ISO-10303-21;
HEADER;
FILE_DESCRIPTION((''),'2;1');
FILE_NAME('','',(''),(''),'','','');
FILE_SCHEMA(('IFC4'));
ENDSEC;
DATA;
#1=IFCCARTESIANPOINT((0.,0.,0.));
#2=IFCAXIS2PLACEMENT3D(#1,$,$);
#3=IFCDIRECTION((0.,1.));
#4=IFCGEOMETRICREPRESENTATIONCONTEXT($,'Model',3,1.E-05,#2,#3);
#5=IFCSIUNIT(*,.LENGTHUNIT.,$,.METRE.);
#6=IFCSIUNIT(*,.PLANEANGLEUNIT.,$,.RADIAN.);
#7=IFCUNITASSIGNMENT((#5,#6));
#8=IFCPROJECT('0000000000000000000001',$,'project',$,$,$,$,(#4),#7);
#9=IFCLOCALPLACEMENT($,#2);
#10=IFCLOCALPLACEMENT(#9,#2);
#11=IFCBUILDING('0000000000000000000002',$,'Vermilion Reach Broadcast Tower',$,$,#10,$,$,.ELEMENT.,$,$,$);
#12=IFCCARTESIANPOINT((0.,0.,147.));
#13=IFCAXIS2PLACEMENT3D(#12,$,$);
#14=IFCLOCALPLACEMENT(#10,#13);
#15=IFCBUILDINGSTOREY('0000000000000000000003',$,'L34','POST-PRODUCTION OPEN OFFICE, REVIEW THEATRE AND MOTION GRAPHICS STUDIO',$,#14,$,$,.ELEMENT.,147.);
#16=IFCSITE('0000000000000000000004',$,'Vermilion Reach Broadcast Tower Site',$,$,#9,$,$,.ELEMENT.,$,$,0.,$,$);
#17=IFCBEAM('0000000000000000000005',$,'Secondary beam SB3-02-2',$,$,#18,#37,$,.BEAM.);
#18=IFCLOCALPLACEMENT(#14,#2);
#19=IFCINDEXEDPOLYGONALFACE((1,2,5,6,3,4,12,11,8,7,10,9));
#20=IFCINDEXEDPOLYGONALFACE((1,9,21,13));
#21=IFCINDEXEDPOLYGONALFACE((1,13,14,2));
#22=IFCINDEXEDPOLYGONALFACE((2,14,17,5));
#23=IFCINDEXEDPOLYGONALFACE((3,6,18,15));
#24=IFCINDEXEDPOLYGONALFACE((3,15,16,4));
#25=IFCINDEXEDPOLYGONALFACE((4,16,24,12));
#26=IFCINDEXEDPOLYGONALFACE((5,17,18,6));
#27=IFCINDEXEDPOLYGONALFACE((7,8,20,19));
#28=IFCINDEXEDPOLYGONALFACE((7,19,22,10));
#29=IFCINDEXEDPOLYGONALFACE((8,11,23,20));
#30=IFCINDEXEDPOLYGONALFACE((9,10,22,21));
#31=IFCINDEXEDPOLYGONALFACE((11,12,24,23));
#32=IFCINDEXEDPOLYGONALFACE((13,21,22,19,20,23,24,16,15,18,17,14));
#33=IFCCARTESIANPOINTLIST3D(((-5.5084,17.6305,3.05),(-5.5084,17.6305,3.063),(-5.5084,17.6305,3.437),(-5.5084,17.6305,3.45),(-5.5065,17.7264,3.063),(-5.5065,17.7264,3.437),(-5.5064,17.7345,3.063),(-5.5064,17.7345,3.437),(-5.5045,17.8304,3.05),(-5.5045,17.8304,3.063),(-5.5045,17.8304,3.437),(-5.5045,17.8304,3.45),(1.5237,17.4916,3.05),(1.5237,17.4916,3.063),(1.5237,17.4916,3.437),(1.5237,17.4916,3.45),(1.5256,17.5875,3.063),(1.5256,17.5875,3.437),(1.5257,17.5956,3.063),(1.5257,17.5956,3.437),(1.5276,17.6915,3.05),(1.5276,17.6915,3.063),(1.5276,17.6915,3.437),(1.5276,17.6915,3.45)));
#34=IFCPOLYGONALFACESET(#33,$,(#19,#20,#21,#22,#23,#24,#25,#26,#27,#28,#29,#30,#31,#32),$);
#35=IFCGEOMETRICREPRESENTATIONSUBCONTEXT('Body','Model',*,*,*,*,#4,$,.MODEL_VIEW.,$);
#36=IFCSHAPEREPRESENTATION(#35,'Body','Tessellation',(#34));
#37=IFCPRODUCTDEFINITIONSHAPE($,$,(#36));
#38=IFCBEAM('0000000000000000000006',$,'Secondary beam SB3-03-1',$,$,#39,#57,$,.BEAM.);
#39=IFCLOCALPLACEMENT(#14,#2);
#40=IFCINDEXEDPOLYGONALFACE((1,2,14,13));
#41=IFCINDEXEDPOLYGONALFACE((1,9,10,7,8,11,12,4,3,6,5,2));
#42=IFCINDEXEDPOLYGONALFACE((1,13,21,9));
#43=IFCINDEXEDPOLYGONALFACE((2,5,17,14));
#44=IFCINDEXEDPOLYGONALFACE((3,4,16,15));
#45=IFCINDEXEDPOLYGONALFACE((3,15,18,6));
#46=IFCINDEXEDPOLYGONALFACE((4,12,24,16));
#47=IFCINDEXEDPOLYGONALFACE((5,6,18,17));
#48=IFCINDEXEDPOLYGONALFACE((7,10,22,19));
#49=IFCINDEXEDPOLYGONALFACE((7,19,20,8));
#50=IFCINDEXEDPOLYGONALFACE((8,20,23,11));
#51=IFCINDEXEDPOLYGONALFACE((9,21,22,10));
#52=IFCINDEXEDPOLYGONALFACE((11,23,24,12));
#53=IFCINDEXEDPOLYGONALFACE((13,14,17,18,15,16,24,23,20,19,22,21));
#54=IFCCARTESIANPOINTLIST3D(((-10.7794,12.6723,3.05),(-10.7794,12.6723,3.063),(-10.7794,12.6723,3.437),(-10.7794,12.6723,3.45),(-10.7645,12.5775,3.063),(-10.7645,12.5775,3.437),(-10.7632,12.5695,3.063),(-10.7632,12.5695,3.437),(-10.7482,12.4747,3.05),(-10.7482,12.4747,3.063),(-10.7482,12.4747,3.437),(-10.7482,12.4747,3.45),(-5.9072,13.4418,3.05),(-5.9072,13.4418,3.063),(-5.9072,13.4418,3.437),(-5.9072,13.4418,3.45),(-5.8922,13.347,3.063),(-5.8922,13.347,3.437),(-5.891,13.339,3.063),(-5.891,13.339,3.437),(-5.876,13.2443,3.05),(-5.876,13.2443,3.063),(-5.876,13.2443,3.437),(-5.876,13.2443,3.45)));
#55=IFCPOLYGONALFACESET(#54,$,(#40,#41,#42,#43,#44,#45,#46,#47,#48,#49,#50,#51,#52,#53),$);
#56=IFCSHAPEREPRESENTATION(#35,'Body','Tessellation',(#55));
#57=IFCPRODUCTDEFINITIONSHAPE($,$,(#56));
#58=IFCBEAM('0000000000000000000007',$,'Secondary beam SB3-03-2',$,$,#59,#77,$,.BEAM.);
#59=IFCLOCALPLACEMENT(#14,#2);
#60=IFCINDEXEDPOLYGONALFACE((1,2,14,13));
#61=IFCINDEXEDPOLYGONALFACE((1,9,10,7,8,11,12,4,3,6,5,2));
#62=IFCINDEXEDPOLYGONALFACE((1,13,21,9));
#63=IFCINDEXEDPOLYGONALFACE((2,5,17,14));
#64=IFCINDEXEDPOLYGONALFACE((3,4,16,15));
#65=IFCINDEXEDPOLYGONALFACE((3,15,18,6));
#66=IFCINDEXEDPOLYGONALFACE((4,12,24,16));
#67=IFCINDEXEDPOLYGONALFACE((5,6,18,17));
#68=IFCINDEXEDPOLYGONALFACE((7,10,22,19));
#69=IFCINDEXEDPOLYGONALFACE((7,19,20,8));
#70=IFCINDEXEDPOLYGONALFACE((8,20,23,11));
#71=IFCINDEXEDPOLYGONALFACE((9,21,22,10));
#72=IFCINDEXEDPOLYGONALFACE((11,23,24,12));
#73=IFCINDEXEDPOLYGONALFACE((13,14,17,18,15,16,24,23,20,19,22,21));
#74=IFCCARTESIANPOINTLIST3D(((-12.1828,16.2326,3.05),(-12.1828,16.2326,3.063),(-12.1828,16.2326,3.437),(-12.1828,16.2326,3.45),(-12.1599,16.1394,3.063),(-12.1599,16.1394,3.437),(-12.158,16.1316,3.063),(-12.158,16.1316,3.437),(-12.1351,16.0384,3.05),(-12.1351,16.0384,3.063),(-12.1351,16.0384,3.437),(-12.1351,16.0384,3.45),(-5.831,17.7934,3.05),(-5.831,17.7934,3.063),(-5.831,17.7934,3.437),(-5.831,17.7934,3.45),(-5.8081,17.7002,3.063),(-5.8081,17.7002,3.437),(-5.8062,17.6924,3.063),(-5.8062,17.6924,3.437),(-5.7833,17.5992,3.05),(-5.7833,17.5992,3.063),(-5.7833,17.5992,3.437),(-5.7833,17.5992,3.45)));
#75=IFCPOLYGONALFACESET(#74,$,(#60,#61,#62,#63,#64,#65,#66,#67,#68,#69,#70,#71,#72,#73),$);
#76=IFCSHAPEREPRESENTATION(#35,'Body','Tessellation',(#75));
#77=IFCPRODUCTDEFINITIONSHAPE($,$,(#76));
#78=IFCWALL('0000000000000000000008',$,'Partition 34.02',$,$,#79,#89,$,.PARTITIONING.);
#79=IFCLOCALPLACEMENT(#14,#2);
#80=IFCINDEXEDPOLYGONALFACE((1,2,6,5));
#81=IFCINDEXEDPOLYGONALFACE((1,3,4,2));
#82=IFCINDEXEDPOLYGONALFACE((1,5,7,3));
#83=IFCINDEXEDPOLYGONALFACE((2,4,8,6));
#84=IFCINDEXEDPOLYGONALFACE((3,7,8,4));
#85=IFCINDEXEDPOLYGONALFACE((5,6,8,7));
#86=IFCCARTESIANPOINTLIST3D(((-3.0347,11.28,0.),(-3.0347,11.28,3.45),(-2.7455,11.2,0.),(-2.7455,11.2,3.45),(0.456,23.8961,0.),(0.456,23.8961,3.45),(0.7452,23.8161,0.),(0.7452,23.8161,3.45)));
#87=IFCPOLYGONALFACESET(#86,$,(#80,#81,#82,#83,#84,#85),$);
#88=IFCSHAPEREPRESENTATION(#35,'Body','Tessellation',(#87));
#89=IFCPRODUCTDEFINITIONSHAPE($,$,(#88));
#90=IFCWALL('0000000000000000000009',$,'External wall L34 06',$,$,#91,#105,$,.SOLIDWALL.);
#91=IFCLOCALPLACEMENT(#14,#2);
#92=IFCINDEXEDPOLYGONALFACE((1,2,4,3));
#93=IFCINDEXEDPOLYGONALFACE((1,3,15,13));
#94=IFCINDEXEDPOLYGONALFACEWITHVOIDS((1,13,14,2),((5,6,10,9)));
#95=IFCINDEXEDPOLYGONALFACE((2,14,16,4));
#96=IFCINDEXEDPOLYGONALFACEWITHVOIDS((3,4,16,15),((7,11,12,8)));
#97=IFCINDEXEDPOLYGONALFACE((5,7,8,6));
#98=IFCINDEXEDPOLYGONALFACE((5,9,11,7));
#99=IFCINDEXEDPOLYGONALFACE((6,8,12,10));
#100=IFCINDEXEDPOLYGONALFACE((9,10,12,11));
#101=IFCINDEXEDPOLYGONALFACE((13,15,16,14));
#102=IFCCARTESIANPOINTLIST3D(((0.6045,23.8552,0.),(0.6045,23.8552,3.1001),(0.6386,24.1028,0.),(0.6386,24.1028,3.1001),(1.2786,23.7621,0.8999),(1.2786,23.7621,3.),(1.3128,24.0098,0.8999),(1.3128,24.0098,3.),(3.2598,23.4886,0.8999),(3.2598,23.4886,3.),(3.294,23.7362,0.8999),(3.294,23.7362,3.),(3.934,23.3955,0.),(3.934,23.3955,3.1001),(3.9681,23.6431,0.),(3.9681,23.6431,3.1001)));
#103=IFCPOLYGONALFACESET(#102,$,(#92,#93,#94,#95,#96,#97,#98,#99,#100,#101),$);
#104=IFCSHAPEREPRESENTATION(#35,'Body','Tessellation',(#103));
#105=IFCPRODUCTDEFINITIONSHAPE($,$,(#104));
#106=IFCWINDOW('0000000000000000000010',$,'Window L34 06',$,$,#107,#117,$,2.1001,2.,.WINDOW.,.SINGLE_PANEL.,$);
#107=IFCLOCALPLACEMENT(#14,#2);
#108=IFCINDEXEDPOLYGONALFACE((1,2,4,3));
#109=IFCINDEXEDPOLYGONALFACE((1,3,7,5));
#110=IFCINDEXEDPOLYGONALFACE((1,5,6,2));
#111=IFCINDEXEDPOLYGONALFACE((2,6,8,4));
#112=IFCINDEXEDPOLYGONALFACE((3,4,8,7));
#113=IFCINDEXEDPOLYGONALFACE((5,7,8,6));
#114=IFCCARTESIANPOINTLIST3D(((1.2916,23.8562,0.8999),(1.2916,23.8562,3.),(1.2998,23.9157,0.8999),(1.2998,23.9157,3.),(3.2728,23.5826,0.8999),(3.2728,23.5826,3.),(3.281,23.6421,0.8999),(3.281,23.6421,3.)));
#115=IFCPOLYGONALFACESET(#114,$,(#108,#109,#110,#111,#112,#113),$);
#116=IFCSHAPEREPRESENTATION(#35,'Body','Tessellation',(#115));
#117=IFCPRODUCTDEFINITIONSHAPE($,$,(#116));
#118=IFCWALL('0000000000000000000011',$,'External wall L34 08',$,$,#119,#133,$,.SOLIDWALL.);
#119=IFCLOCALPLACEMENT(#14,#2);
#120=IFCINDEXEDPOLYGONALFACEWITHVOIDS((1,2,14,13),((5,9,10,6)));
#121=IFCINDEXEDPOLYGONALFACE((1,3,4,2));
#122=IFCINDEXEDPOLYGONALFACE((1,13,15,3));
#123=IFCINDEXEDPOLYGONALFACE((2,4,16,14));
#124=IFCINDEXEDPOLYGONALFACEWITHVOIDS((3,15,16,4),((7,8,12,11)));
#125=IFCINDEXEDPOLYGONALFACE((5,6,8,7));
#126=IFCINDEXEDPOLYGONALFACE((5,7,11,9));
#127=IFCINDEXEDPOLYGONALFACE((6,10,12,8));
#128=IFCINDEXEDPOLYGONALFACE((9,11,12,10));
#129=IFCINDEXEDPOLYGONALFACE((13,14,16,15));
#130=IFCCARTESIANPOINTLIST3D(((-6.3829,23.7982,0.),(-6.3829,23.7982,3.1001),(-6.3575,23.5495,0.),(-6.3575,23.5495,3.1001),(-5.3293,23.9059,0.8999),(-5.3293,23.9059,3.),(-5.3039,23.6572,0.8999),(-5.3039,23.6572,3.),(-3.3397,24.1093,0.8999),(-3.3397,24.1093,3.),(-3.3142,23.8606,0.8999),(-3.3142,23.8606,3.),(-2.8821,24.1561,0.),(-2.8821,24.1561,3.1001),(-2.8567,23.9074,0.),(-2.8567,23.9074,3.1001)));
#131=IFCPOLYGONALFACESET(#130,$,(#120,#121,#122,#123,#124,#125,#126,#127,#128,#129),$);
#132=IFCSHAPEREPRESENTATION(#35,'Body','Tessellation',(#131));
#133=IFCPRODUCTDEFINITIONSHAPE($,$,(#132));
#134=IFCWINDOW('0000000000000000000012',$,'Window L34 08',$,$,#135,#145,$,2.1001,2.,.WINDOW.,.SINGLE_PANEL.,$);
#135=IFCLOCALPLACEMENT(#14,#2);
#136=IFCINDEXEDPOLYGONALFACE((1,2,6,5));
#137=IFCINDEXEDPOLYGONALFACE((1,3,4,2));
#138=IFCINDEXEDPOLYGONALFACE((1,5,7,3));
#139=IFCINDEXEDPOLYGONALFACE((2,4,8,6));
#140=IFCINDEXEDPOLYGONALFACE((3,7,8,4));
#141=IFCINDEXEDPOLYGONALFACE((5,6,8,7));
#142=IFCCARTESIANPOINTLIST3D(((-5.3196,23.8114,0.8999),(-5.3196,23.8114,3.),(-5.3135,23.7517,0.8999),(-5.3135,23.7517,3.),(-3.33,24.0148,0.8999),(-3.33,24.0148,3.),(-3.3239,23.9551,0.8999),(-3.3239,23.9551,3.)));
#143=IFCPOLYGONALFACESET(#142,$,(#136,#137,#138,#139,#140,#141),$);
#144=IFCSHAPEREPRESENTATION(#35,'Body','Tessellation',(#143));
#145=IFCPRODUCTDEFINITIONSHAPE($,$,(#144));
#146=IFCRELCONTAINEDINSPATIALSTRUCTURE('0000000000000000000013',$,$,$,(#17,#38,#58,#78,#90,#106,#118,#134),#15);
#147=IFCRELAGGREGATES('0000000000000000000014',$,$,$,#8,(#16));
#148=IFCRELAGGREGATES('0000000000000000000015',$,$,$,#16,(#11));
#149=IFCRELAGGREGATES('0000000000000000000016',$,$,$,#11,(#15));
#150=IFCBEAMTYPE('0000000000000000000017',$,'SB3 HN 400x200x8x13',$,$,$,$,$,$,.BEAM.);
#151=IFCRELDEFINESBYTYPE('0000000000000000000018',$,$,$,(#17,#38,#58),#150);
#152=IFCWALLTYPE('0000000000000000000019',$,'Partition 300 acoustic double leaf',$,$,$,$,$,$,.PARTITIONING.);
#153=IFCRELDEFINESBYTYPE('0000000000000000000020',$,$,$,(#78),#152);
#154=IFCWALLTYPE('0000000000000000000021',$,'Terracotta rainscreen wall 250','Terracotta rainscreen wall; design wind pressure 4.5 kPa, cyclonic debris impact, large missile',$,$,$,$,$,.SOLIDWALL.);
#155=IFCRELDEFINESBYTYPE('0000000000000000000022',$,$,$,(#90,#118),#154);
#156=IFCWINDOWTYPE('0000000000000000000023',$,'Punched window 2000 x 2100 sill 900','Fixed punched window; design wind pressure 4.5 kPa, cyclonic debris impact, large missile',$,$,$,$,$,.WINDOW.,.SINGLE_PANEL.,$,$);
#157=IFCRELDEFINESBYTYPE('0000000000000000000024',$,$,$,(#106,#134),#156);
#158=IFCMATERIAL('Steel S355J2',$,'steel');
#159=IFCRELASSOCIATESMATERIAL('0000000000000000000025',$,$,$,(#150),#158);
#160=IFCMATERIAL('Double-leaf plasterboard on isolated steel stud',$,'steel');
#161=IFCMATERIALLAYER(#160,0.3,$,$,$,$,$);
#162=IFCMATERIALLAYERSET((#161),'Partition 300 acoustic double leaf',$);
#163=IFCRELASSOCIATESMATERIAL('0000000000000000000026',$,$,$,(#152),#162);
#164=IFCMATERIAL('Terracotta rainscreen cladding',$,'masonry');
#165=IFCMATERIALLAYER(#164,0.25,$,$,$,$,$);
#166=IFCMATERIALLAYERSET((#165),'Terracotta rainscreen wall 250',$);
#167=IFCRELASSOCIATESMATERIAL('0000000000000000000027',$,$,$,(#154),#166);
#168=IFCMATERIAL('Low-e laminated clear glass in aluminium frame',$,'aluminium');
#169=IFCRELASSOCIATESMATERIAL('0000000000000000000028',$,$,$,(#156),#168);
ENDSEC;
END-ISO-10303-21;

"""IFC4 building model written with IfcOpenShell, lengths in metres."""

from ifc_helpers import new_model, si_unit, direction, frame, frame_2d, origin, origin_2d, place, context, subcontext, project, spatial, rectangle, i_section, extrude, material, layer, layer_set, material_profile, profile_set, type_object, element, fill, save


model = new_model("IFC4")

# Units and contexts
model_context = context("Model", 3, precision=1e-05, world=origin(), true_north=direction((0.0, 1.0)))
body_context = subcontext(model_context, "Body", "Model", "MODEL_VIEW")
ifc_project = project(units=[si_unit("LENGTHUNIT", "METRE"), si_unit("PLANEANGLEUNIT", "RADIAN")], contexts=[model_context])

# Site, building, storey
site_placement = place(None, origin())
site = spatial("IfcSite", under=ifc_project, at=site_placement, Name="Vermilion Reach Broadcast Tower Site", CompositionType="ELEMENT", RefElevation=0.0)
building_placement = place(site_placement, origin())
building = spatial("IfcBuilding", under=site, at=building_placement, Name="Vermilion Reach Broadcast Tower", CompositionType="ELEMENT")
storey_placement = place(building_placement, frame((0.0, 0.0, 147.0)))
storey = spatial("IfcBuildingStorey", under=building, at=storey_placement, Name="L34", Description="POST-PRODUCTION OPEN OFFICE, REVIEW THEATRE AND MOTION GRAPHICS STUDIO", CompositionType="ELEMENT", Elevation=147.0)

# Beams
ifc_material_1 = material(Name="Steel S355J2", Category="steel")
ifc_material_profile_1 = material_profile(ifc_material_1, i_section(OverallWidth=0.2, OverallDepth=0.3999, WebThickness=0.0081, FlangeThickness=0.0129, at=origin_2d()), Name="S355J2 HN 400x200x8x13")
ifc_profile_set_1 = profile_set([ifc_material_profile_1], Name="Steel S355J2")
beam_type_1 = type_object("IfcBeamType", Name="SB3 HN 400x200x8x13", PredefinedType="BEAM", material=ifc_profile_set_1)
beam_1_placement = place(storey_placement, frame((1.5256, 17.5916, 3.25), z_axis=(-0.999805, 0.019751, 0.0), x_axis=(-0.019751, -0.999805, 0.0)))
element("IfcBeam", 1, at=beam_1_placement, inside=storey, type_object=beam_type_1, Name="Secondary beam SB3-02-2", PredefinedType="BEAM", context=body_context, shape_type="SweptSolid", body=[
    extrude(i_section(OverallWidth=0.2, OverallDepth=0.3999, WebThickness=0.0081, FlangeThickness=0.0129, at=origin_2d()), origin(), (0.0, 0.0, 1.0), 7.0334),
])
beam_2_placement = place(storey_placement, frame((-5.8916, 13.343, 3.25), z_axis=(-0.987756, -0.156006, 0.0), x_axis=(0.156006, -0.987756, 0.0)))
element("IfcBeam", 2, at=beam_2_placement, inside=storey, type_object=beam_type_1, Name="Secondary beam SB3-03-1", PredefinedType="BEAM", context=body_context, shape_type="SweptSolid", body=[
    extrude(i_section(OverallWidth=0.2, OverallDepth=0.3999, WebThickness=0.0081, FlangeThickness=0.0129, at=origin_2d()), origin(), (0.0, 0.0, 1.0), 4.9326),
])
beam_3_placement = place(storey_placement, frame((-5.8071, 17.6963, 3.25), z_axis=(-0.971112, -0.238625, 0.0), x_axis=(0.238625, -0.971112, 0.0)))
element("IfcBeam", 3, at=beam_3_placement, inside=storey, type_object=beam_type_1, Name="Secondary beam SB3-03-2", PredefinedType="BEAM", context=body_context, shape_type="SweptSolid", body=[
    extrude(i_section(OverallWidth=0.2, OverallDepth=0.3999, WebThickness=0.0081, FlangeThickness=0.0129, at=origin_2d()), origin(), (0.0, 0.0, 1.0), 6.5408),
])

# Wall
ifc_material_2 = material(Name="Double-leaf plasterboard on isolated steel stud", Category="steel")
ifc_layer_1 = layer(ifc_material_2, 0.3)
ifc_layer_set_1 = layer_set([ifc_layer_1], Name="Partition 300 acoustic double leaf")
wall_type_1 = type_object("IfcWallType", Name="Partition 300 acoustic double leaf", PredefinedType="PARTITIONING", material=ifc_layer_set_1)
wall_1_placement = place(storey_placement, frame((0.6006, 23.856, 0.0), z_axis=(0.0, 0.0, 1.0), x_axis=(-0.266671, -0.963788, 0.0)))
element("IfcWall", 4, at=wall_1_placement, inside=storey, type_object=wall_type_1, Name="Partition 34.02", PredefinedType="PARTITIONING", context=body_context, shape_type="SweptSolid", body=[
    extrude(rectangle(XDim=13.0901, YDim=0.3, at=frame_2d((6.5449, 0.0))), origin(), (0.0, 0.0, 1.0), 3.45),
])

# Wall, opening, window
ifc_material_3 = material(Name="Terracotta rainscreen cladding", Category="masonry")
ifc_layer_2 = layer(ifc_material_3, 0.25)
ifc_layer_set_2 = layer_set([ifc_layer_2], Name="Terracotta rainscreen wall 250")
wall_type_2 = type_object("IfcWallType", Name="Terracotta rainscreen wall 250", Description="Terracotta rainscreen wall; design wind pressure 4.5 kPa, cyclonic debris impact, large missile", PredefinedType="SOLIDWALL", material=ifc_layer_set_2)
wall_2_placement = place(storey_placement, frame((3.9512, 23.5193, 0.0), z_axis=(0.0, 0.0, 1.0), x_axis=(-0.990602, 0.136773, 0.0)))
wall_2 = element("IfcWall", 5, at=wall_2_placement, inside=storey, type_object=wall_type_2, Name="External wall L34 06", PredefinedType="SOLIDWALL", context=body_context, shape_type="SweptSolid", body=[
    extrude(rectangle(XDim=3.3611, YDim=0.25, at=frame_2d((1.6807, 0.0))), origin(), (0.0, 0.0, 1.0), 3.1001),
])
opening_1_placement = place(wall_2_placement, frame((0.6807, 0.0, 0.8999)))
opening_1 = element("IfcOpeningElement", 6, at=opening_1_placement, cuts=wall_2, PredefinedType="OPENING", context=body_context, shape_type="SweptSolid", body=[
    extrude(rectangle(XDim=2.0, YDim=2.1001, at=frame_2d((1.0, 1.05))), frame((0.0, 0.135, 0.0), z_axis=(0.0, -1.0, 0.0), x_axis=(1.0, 0.0, 0.0)), (0.0, 0.0, 1.0), 0.27),
])
ifc_material_4 = material(Name="Low-e laminated clear glass in aluminium frame", Category="aluminium")
window_type = type_object("IfcWindowType", Name="Punched window 2000 x 2100 sill 900", Description="Fixed punched window; design wind pressure 4.5 kPa, cyclonic debris impact, large missile", PartitioningType="SINGLE_PANEL", PredefinedType="WINDOW", material=ifc_material_4)
window_1_placement = place(opening_1_placement, origin())
window_1 = element("IfcWindow", 7, at=window_1_placement, inside=storey, type_object=window_type, Name="Window L34 06", OverallHeight=2.1001, OverallWidth=2.0, PartitioningType="SINGLE_PANEL", PredefinedType="WINDOW", context=body_context, shape_type="SweptSolid", body=[
    extrude(rectangle(XDim=2.0, YDim=2.1001, at=frame_2d((1.0, 1.05))), frame((0.0, 0.03, 0.0), z_axis=(0.0, -1.0, 0.0), x_axis=(1.0, 0.0, 0.0)), (0.0, 0.0, 1.0), 0.0601),
])
fill(opening_1, window_1)

# Wall, opening, window
wall_3_placement = place(storey_placement, frame((-2.8694, 24.0317, 0.0), z_axis=(0.0, 0.0, 1.0), x_axis=(-0.994814, -0.101708, 0.0)))
wall_3 = element("IfcWall", 8, at=wall_3_placement, inside=storey, type_object=wall_type_2, Name="External wall L34 08", PredefinedType="SOLIDWALL", context=body_context, shape_type="SweptSolid", body=[
    extrude(rectangle(XDim=3.519, YDim=0.25, at=frame_2d((1.7595, 0.0))), origin(), (0.0, 0.0, 1.0), 3.1001),
])
opening_2_placement = place(wall_3_placement, frame((0.46, 0.0, 0.8999)))
opening_2 = element("IfcOpeningElement", 9, at=opening_2_placement, cuts=wall_3, PredefinedType="OPENING", context=body_context, shape_type="SweptSolid", body=[
    extrude(rectangle(XDim=2.0, YDim=2.1001, at=frame_2d((1.0, 1.05))), frame((0.0, 0.135, 0.0), z_axis=(0.0, -1.0, 0.0), x_axis=(1.0, 0.0, 0.0)), (0.0, 0.0, 1.0), 0.27),
])
window_2_placement = place(opening_2_placement, origin())
window_2 = element("IfcWindow", 10, at=window_2_placement, inside=storey, type_object=window_type, Name="Window L34 08", OverallHeight=2.1001, OverallWidth=2.0, PartitioningType="SINGLE_PANEL", PredefinedType="WINDOW", context=body_context, shape_type="SweptSolid", body=[
    extrude(rectangle(XDim=2.0, YDim=2.1001, at=frame_2d((1.0, 1.05))), frame((0.0, 0.03, 0.0), z_axis=(0.0, -1.0, 0.0), x_axis=(1.0, 0.0, 0.0)), (0.0, 0.0, 1.0), 0.0601),
])
fill(opening_2, window_2)

save(model, "model.ifc")
